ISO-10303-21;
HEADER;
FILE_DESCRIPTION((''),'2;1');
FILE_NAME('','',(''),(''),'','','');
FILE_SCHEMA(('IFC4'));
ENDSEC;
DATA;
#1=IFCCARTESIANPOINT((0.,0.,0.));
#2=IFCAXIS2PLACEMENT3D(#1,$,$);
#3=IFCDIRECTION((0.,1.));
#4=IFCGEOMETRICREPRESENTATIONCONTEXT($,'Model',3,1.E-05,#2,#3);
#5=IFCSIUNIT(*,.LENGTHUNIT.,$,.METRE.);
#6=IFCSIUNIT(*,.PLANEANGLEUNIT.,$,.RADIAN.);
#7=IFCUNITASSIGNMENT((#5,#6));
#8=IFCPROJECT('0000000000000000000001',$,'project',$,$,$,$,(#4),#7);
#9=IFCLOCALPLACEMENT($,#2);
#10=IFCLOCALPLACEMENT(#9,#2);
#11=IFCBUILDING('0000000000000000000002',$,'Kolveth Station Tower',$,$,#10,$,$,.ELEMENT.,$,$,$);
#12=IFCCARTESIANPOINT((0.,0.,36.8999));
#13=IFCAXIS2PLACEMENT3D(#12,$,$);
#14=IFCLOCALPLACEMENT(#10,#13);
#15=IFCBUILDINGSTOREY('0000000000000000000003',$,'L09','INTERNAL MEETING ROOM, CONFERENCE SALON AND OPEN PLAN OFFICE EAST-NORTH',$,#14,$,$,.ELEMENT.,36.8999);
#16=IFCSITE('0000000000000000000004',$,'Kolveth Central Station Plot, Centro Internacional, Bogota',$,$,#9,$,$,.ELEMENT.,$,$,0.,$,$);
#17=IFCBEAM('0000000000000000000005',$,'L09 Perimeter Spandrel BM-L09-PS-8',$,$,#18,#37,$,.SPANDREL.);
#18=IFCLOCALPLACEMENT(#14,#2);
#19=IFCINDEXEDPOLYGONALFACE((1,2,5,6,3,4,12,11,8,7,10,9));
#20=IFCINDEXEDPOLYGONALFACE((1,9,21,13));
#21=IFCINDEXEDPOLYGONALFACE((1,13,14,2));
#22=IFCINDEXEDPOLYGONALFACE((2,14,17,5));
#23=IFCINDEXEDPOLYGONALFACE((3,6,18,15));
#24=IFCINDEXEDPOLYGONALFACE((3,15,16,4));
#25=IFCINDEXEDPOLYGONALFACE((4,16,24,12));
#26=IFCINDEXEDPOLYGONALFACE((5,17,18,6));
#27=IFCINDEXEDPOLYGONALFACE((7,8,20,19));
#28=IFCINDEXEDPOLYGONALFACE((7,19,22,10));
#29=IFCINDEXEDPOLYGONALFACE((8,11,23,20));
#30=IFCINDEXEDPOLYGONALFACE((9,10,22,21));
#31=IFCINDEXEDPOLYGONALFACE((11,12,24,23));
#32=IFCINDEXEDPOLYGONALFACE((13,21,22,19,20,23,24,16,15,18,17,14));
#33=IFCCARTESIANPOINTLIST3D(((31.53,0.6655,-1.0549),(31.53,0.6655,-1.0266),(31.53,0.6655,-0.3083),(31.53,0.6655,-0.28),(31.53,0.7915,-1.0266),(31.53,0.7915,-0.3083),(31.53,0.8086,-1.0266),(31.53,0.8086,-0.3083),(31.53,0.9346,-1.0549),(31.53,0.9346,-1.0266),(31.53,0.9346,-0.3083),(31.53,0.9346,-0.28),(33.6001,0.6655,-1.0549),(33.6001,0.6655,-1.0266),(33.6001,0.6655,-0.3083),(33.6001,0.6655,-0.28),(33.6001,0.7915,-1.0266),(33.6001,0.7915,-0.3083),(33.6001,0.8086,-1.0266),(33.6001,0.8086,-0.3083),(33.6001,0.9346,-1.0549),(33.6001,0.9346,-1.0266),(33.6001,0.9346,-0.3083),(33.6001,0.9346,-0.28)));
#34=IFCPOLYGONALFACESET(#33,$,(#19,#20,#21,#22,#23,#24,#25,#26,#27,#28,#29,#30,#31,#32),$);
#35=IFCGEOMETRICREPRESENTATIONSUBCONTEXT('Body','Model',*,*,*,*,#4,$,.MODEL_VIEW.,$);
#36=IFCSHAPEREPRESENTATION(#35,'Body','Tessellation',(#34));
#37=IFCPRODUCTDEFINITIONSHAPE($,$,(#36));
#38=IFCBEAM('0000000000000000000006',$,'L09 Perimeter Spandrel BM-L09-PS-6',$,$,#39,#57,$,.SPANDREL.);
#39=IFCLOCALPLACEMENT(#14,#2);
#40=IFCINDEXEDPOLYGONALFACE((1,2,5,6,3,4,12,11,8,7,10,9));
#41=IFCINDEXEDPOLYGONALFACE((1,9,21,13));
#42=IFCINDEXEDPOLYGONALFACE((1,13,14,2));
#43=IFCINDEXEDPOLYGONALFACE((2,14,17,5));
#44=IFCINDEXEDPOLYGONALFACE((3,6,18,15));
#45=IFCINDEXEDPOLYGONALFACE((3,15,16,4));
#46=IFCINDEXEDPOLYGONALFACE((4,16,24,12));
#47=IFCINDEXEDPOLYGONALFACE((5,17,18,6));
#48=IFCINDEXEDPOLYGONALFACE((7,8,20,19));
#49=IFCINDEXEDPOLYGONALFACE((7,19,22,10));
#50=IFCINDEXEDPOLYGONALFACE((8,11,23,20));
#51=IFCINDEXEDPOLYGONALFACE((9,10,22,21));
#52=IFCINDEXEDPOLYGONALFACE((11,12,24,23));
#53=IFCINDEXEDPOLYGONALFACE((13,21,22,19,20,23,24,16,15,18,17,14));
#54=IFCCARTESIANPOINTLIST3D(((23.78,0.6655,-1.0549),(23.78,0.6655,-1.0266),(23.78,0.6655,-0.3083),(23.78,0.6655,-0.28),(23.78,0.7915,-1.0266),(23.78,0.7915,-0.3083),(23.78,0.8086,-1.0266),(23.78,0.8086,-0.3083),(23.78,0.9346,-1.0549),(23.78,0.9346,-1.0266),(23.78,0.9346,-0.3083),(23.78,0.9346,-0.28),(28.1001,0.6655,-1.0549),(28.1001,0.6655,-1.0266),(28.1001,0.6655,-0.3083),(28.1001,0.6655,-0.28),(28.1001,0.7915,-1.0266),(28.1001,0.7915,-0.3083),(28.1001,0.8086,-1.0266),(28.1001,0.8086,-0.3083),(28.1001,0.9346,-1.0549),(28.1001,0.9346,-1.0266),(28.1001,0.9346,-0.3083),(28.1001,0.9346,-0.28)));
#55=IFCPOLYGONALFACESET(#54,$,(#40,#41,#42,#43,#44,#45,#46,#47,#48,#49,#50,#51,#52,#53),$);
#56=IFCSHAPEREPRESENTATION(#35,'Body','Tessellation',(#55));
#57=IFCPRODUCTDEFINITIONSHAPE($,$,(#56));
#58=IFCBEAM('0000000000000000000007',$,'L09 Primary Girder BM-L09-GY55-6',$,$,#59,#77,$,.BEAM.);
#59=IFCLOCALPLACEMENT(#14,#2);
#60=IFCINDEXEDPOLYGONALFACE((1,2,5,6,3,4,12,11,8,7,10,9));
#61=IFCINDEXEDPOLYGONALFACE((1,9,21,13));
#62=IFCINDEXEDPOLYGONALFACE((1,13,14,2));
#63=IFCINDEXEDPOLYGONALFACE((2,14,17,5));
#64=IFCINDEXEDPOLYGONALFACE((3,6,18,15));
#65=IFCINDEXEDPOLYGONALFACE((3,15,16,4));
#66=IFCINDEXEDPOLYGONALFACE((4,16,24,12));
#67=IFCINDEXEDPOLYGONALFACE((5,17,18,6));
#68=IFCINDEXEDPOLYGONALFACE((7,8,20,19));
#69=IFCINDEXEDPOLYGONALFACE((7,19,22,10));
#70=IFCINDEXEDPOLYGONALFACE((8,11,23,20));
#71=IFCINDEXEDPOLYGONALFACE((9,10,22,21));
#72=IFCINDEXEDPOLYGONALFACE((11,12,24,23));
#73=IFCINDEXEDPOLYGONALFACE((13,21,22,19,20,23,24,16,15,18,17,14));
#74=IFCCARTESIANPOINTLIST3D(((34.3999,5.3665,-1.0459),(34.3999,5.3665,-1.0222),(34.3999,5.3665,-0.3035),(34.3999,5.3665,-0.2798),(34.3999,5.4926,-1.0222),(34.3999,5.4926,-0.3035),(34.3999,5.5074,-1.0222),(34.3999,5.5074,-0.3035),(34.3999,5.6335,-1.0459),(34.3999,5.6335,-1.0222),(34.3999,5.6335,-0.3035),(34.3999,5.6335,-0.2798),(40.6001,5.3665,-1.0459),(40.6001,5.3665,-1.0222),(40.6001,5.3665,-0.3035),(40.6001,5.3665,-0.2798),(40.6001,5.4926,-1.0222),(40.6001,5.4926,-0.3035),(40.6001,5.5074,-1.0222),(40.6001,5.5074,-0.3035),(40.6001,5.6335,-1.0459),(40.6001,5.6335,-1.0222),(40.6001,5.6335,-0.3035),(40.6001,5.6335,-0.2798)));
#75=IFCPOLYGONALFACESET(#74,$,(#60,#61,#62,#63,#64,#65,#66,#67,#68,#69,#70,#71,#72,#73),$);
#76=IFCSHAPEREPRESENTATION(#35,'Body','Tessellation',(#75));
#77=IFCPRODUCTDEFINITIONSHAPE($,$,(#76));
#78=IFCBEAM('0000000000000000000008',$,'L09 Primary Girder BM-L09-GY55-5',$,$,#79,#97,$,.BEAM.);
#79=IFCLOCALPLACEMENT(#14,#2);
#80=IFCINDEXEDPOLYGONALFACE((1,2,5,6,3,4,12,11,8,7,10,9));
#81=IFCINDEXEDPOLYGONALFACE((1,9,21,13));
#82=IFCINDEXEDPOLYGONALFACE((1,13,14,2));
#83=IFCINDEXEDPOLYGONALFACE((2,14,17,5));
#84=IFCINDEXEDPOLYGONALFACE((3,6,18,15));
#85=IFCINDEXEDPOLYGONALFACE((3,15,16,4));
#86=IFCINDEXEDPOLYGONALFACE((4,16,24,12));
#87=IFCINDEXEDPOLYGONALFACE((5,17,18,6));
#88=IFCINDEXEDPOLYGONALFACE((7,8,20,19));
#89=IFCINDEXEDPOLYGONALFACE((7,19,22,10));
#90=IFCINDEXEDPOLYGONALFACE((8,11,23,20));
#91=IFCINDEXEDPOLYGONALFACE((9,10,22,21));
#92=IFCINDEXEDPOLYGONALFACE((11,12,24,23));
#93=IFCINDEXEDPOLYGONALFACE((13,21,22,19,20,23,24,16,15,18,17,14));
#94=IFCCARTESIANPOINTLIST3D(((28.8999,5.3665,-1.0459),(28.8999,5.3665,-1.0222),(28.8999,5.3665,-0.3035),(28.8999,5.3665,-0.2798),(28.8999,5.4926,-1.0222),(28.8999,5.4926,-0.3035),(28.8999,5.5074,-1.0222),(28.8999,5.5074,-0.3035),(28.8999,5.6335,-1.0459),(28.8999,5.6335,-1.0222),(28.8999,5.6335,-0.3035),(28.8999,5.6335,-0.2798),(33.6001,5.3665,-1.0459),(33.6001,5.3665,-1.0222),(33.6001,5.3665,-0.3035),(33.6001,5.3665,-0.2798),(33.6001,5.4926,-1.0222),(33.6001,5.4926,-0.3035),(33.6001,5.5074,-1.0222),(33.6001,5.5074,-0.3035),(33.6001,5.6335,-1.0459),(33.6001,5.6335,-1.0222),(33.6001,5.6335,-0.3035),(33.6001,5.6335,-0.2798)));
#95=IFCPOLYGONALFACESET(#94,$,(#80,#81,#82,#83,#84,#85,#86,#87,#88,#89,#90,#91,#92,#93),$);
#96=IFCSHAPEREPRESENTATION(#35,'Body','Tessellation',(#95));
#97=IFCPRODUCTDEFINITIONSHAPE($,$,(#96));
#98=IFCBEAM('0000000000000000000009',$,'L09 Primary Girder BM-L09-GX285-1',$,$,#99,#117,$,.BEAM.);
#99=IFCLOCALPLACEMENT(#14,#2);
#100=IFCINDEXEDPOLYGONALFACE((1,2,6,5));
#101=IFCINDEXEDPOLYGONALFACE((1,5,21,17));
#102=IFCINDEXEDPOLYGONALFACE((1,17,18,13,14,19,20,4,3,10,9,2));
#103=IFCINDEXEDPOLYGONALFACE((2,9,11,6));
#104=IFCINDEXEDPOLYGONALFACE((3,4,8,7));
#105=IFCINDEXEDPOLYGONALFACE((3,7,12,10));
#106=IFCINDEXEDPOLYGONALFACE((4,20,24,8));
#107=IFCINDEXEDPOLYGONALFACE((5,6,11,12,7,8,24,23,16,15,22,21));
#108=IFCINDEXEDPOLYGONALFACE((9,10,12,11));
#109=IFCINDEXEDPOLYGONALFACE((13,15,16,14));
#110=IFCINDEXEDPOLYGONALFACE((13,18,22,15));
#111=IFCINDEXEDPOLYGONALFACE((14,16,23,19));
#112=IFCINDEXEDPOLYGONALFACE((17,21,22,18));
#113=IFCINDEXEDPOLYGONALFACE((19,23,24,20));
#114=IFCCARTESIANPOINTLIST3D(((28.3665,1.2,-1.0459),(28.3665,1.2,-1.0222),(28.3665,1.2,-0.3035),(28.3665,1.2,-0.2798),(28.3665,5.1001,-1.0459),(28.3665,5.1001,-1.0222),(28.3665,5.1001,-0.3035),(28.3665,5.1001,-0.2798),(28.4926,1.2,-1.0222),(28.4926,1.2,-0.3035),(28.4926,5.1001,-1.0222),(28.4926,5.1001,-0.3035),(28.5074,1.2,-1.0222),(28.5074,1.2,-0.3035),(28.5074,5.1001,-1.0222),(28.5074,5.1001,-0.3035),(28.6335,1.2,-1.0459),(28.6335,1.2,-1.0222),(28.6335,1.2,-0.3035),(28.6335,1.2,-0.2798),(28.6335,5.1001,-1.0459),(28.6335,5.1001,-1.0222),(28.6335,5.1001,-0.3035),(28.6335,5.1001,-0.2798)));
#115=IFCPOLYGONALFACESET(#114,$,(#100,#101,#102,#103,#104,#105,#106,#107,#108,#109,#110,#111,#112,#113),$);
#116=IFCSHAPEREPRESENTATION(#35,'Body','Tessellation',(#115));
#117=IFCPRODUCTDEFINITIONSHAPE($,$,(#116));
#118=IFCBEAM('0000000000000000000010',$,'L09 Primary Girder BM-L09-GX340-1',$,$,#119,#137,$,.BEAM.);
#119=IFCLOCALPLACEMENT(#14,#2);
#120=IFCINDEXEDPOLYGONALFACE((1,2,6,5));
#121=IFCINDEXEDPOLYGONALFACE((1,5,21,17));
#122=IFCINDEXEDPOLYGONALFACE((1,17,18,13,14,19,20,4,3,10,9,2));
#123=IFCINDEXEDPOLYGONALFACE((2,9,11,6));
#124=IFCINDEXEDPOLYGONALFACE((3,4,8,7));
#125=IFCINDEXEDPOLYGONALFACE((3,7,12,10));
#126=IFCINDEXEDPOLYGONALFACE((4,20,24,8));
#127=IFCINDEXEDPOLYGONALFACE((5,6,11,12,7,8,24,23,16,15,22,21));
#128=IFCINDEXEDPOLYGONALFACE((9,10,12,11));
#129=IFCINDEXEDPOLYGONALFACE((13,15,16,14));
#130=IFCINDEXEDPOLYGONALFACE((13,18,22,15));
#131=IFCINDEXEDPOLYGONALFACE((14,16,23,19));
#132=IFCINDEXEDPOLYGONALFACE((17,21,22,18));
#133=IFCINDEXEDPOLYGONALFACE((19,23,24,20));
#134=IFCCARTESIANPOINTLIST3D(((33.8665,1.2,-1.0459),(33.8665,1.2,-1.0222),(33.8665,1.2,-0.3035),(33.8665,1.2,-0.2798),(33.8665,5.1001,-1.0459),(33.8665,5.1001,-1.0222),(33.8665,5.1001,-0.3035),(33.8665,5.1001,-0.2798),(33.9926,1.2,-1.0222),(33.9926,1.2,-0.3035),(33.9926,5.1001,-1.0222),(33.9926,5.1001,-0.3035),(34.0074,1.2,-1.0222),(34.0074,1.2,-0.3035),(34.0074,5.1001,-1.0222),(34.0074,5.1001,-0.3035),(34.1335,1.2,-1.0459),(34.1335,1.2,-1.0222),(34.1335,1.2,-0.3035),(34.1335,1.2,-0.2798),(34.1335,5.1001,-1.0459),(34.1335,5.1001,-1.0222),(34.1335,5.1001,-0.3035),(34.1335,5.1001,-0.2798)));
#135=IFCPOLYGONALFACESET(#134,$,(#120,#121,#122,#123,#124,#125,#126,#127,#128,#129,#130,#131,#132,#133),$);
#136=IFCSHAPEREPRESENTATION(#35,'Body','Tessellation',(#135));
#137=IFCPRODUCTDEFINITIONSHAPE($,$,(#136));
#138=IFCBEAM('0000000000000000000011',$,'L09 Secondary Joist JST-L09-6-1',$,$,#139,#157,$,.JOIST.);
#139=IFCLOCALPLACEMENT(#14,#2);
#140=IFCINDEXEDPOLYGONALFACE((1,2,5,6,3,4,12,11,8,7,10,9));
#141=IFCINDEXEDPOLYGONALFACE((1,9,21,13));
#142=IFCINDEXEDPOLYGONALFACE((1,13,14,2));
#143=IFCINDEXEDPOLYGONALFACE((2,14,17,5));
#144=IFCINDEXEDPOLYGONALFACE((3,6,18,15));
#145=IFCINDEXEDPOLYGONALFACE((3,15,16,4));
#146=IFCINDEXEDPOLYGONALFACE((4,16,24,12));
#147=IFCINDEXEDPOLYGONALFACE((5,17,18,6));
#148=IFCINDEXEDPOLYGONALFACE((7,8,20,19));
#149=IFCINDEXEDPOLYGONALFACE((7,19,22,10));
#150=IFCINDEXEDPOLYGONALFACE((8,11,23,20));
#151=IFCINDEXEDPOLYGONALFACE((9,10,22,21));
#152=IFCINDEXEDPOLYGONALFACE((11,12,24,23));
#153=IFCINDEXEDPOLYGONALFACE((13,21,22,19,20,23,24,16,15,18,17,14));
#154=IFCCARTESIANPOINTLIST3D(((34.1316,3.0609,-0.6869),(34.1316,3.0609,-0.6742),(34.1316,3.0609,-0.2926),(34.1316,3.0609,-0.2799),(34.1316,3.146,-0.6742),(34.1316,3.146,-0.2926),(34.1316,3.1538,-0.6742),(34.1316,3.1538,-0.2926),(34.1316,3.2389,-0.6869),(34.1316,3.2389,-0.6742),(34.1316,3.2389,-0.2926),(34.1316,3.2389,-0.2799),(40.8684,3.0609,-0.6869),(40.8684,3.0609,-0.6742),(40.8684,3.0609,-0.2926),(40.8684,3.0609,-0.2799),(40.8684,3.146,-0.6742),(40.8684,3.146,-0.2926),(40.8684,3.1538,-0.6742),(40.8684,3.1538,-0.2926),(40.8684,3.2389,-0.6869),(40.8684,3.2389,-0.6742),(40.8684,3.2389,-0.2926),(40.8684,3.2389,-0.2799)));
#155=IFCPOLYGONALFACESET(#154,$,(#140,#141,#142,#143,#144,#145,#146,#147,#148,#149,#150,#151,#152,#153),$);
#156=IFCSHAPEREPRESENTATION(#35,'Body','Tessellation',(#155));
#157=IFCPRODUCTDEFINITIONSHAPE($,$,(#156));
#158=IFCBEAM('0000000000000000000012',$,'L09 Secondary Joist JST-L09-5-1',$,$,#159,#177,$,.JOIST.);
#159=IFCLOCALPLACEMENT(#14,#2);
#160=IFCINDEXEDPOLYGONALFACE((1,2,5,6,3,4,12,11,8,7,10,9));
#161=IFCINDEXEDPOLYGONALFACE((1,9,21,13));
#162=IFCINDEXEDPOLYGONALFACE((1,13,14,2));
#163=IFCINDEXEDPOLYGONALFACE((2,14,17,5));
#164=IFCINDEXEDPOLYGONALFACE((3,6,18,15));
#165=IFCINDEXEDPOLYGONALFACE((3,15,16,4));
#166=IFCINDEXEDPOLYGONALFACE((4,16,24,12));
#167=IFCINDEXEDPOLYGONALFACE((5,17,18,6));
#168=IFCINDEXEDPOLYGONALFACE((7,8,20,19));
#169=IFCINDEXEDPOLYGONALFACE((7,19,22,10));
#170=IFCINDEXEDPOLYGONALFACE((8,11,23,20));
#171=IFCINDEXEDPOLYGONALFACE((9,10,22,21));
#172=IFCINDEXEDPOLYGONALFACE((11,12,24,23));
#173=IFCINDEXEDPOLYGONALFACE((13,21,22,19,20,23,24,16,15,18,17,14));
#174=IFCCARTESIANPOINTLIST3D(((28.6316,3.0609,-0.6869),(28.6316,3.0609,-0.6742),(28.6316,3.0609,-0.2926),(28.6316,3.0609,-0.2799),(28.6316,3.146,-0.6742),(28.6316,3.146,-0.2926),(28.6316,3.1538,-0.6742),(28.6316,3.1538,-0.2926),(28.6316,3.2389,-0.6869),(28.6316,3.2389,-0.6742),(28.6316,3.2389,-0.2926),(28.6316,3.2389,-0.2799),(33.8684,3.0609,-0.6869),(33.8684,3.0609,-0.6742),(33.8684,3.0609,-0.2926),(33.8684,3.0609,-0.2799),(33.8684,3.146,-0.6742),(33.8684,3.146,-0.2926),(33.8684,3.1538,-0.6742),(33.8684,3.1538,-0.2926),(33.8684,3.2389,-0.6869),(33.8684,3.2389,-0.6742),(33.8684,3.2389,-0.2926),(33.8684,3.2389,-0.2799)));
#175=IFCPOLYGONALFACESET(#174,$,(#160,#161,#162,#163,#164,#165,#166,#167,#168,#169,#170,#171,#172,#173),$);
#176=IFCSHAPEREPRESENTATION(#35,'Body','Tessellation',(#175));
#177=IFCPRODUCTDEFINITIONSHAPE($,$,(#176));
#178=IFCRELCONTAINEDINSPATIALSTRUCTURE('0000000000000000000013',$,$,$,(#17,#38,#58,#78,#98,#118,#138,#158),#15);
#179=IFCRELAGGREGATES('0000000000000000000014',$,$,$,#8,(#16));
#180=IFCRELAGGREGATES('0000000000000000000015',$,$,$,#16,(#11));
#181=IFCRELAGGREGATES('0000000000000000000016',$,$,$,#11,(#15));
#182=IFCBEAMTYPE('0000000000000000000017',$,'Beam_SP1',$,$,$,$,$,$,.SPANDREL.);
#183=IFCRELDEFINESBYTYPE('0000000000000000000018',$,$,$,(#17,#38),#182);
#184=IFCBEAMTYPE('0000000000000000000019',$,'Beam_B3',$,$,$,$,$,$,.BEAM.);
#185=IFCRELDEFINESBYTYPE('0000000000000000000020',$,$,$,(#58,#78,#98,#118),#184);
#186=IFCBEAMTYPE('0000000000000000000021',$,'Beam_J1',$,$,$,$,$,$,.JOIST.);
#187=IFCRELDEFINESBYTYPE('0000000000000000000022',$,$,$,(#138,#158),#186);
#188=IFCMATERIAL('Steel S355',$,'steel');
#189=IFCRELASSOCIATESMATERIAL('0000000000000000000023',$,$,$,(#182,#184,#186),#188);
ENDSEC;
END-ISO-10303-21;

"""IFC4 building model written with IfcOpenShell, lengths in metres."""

from ifc_helpers import new_model, si_unit, direction, frame, origin, origin_2d, place, context, subcontext, project, spatial, i_section, extrude, source, transform, mapped, material, material_profile, profile_set, type_object, element, save


model = new_model("IFC4")

# Units and contexts
model_context = context("Model", 3, precision=1e-05, world=origin(), true_north=direction((0.0, 1.0)))
body_context = subcontext(model_context, "Body", "Model", "MODEL_VIEW")
ifc_project = project(units=[si_unit("LENGTHUNIT", "METRE"), si_unit("PLANEANGLEUNIT", "RADIAN")], contexts=[model_context])

# Site, building, storey
site_placement = place(None, origin())
site = spatial("IfcSite", under=ifc_project, at=site_placement, Name="Kolveth Central Station Plot, Centro Internacional, Bogota", CompositionType="ELEMENT", RefElevation=0.0)
building_placement = place(site_placement, origin())
building = spatial("IfcBuilding", under=site, at=building_placement, Name="Kolveth Station Tower", CompositionType="ELEMENT")
storey_placement = place(building_placement, frame((0.0, 0.0, 36.8999)))
storey = spatial("IfcBuildingStorey", under=building, at=storey_placement, Name="L09", Description="INTERNAL MEETING ROOM, CONFERENCE SALON AND OPEN PLAN OFFICE EAST-NORTH", CompositionType="ELEMENT", Elevation=36.8999)

# Shared definitions
ifc_material_1 = material(Name="Steel S355", Category="steel")

# Beams
ifc_material_profile_1 = material_profile(ifc_material_1, i_section(OverallWidth=0.269, OverallDepth=0.7749, WebThickness=0.0171, FlangeThickness=0.0283, at=origin_2d()), Name="W760x220")
ifc_profile_set_1 = profile_set([ifc_material_profile_1], Name="Steel S355")
beam_type_1 = type_object("IfcBeamType", Name="Beam_SP1", PredefinedType="SPANDREL", material=ifc_profile_set_1)
shared_shape_1 = source(origin(), body_context, "Body", "SweptSolid", [
    extrude(i_section(OverallWidth=0.269, OverallDepth=0.7749, WebThickness=0.0171, FlangeThickness=0.0283, at=origin_2d()), origin(), (0.0, 0.0, 1.0), 2.0701),
])
for number, where, z_axis, x_axis, name in (
    (1, (31.53, 0.8, -0.6675), (1.0, 0.0, 0.0), (0.0, 1.0, 0.0), "L09 Perimeter Spandrel BM-L09-PS-8"),
):
    element("IfcBeam", number, at=place(storey_placement, frame(where, z_axis=z_axis, x_axis=x_axis)), inside=storey, type_object=beam_type_1, Name=name, PredefinedType="SPANDREL", context=body_context, shape_type="MappedRepresentation", body=[
        mapped(shared_shape_1, transform((0.0, 0.0, 0.0), x_axis=(1.0, 0.0, 0.0), y_axis=(0.0, 1.0, 0.0), z_axis=(0.0, 0.0, 1.0), scale=1.0)),
    ])
shared_shape_2 = source(origin(), body_context, "Body", "SweptSolid", [
    extrude(i_section(OverallWidth=0.269, OverallDepth=0.7749, WebThickness=0.0171, FlangeThickness=0.0283, at=origin_2d()), origin(), (0.0, 0.0, 1.0), 4.3201),
])
beam_1_placement = place(storey_placement, frame((23.78, 0.8, -0.6675), z_axis=(1.0, 0.0, 0.0), x_axis=(0.0, 1.0, 0.0)))
element("IfcBeam", 2, at=beam_1_placement, inside=storey, type_object=beam_type_1, Name="L09 Perimeter Spandrel BM-L09-PS-6", PredefinedType="SPANDREL", context=body_context, shape_type="MappedRepresentation", body=[
    mapped(shared_shape_2, transform((0.0, 0.0, 0.0), x_axis=(1.0, 0.0, 0.0), y_axis=(0.0, 1.0, 0.0), z_axis=(0.0, 0.0, 1.0), scale=1.0)),
])
ifc_material_profile_2 = material_profile(ifc_material_1, i_section(OverallWidth=0.2671, OverallDepth=0.7661, WebThickness=0.0149, FlangeThickness=0.0237, at=origin_2d()), Name="W760x185")
ifc_profile_set_2 = profile_set([ifc_material_profile_2], Name="Steel S355")
beam_type_2 = type_object("IfcBeamType", Name="Beam_B3", PredefinedType="BEAM", material=ifc_profile_set_2)
shared_shape_3 = source(origin(), body_context, "Body", "SweptSolid", [
    extrude(i_section(OverallWidth=0.2671, OverallDepth=0.7661, WebThickness=0.0149, FlangeThickness=0.0237, at=origin_2d()), origin(), (0.0, 0.0, 1.0), 6.2002),
])
beam_2_placement = place(storey_placement, frame((34.3999, 5.5, -0.6628), z_axis=(1.0, 0.0, 0.0), x_axis=(0.0, 1.0, 0.0)))
element("IfcBeam", 3, at=beam_2_placement, inside=storey, type_object=beam_type_2, Name="L09 Primary Girder BM-L09-GY55-6", PredefinedType="BEAM", context=body_context, shape_type="MappedRepresentation", body=[
    mapped(shared_shape_3, transform((0.0, 0.0, 0.0), x_axis=(1.0, 0.0, 0.0), y_axis=(0.0, 1.0, 0.0), z_axis=(0.0, 0.0, 1.0), scale=1.0)),
])
shared_shape_4 = source(origin(), body_context, "Body", "SweptSolid", [
    extrude(i_section(OverallWidth=0.2671, OverallDepth=0.7661, WebThickness=0.0149, FlangeThickness=0.0237, at=origin_2d()), origin(), (0.0, 0.0, 1.0), 4.7002),
])
beam_3_placement = place(storey_placement, frame((28.8999, 5.5, -0.6628), z_axis=(1.0, 0.0, 0.0), x_axis=(0.0, 1.0, 0.0)))
element("IfcBeam", 4, at=beam_3_placement, inside=storey, type_object=beam_type_2, Name="L09 Primary Girder BM-L09-GY55-5", PredefinedType="BEAM", context=body_context, shape_type="MappedRepresentation", body=[
    mapped(shared_shape_4, transform((0.0, 0.0, 0.0), x_axis=(1.0, 0.0, 0.0), y_axis=(0.0, 1.0, 0.0), z_axis=(0.0, 0.0, 1.0), scale=1.0)),
])
shared_shape_5 = source(origin(), body_context, "Body", "SweptSolid", [
    extrude(i_section(OverallWidth=0.2671, OverallDepth=0.7661, WebThickness=0.0149, FlangeThickness=0.0237, at=origin_2d()), origin(), (0.0, 0.0, 1.0), 3.9001),
])
for number, where, z_axis, x_axis, name in (
    (5, (28.5, 1.2, -0.6628), (0.0, 1.0, 0.0), (-1.0, 0.0, 0.0), "L09 Primary Girder BM-L09-GX285-1"),
    (6, (34.0, 1.2, -0.6628), (0.0, 1.0, 0.0), (-1.0, 0.0, 0.0), "L09 Primary Girder BM-L09-GX340-1"),
):
    element("IfcBeam", number, at=place(storey_placement, frame(where, z_axis=z_axis, x_axis=x_axis)), inside=storey, type_object=beam_type_2, Name=name, PredefinedType="BEAM", context=body_context, shape_type="MappedRepresentation", body=[
        mapped(shared_shape_5, transform((0.0, 0.0, 0.0), x_axis=(1.0, 0.0, 0.0), y_axis=(0.0, 1.0, 0.0), z_axis=(0.0, 0.0, 1.0), scale=1.0)),
    ])
ifc_material_profile_3 = material_profile(ifc_material_1, i_section(OverallWidth=0.178, OverallDepth=0.407, WebThickness=0.0078, FlangeThickness=0.0127, at=origin_2d()), Name="W410x60")
ifc_profile_set_3 = profile_set([ifc_material_profile_3], Name="Steel S355")
beam_type_3 = type_object("IfcBeamType", Name="Beam_J1", PredefinedType="JOIST", material=ifc_profile_set_3)
shared_shape_6 = source(origin(), body_context, "Body", "SweptSolid", [
    extrude(i_section(OverallWidth=0.178, OverallDepth=0.407, WebThickness=0.0078, FlangeThickness=0.0127, at=origin_2d()), origin(), (0.0, 0.0, 1.0), 6.7368),
])
beam_4_placement = place(storey_placement, frame((34.1316, 3.1499, -0.4834), z_axis=(1.0, 0.0, 0.0), x_axis=(0.0, 1.0, 0.0)))
element("IfcBeam", 7, at=beam_4_placement, inside=storey, type_object=beam_type_3, Name="L09 Secondary Joist JST-L09-6-1", PredefinedType="JOIST", context=body_context, shape_type="MappedRepresentation", body=[
    mapped(shared_shape_6, transform((0.0, 0.0, 0.0), x_axis=(1.0, 0.0, 0.0), y_axis=(0.0, 1.0, 0.0), z_axis=(0.0, 0.0, 1.0), scale=1.0)),
])
shared_shape_7 = source(origin(), body_context, "Body", "SweptSolid", [
    extrude(i_section(OverallWidth=0.178, OverallDepth=0.407, WebThickness=0.0078, FlangeThickness=0.0127, at=origin_2d()), origin(), (0.0, 0.0, 1.0), 5.2368),
])
beam_5_placement = place(storey_placement, frame((28.6316, 3.1499, -0.4834), z_axis=(1.0, 0.0, 0.0), x_axis=(0.0, 1.0, 0.0)))
element("IfcBeam", 8, at=beam_5_placement, inside=storey, type_object=beam_type_3, Name="L09 Secondary Joist JST-L09-5-1", PredefinedType="JOIST", context=body_context, shape_type="MappedRepresentation", body=[
    mapped(shared_shape_7, transform((0.0, 0.0, 0.0), x_axis=(1.0, 0.0, 0.0), y_axis=(0.0, 1.0, 0.0), z_axis=(0.0, 0.0, 1.0), scale=1.0)),
])

save(model, "model.ifc")
